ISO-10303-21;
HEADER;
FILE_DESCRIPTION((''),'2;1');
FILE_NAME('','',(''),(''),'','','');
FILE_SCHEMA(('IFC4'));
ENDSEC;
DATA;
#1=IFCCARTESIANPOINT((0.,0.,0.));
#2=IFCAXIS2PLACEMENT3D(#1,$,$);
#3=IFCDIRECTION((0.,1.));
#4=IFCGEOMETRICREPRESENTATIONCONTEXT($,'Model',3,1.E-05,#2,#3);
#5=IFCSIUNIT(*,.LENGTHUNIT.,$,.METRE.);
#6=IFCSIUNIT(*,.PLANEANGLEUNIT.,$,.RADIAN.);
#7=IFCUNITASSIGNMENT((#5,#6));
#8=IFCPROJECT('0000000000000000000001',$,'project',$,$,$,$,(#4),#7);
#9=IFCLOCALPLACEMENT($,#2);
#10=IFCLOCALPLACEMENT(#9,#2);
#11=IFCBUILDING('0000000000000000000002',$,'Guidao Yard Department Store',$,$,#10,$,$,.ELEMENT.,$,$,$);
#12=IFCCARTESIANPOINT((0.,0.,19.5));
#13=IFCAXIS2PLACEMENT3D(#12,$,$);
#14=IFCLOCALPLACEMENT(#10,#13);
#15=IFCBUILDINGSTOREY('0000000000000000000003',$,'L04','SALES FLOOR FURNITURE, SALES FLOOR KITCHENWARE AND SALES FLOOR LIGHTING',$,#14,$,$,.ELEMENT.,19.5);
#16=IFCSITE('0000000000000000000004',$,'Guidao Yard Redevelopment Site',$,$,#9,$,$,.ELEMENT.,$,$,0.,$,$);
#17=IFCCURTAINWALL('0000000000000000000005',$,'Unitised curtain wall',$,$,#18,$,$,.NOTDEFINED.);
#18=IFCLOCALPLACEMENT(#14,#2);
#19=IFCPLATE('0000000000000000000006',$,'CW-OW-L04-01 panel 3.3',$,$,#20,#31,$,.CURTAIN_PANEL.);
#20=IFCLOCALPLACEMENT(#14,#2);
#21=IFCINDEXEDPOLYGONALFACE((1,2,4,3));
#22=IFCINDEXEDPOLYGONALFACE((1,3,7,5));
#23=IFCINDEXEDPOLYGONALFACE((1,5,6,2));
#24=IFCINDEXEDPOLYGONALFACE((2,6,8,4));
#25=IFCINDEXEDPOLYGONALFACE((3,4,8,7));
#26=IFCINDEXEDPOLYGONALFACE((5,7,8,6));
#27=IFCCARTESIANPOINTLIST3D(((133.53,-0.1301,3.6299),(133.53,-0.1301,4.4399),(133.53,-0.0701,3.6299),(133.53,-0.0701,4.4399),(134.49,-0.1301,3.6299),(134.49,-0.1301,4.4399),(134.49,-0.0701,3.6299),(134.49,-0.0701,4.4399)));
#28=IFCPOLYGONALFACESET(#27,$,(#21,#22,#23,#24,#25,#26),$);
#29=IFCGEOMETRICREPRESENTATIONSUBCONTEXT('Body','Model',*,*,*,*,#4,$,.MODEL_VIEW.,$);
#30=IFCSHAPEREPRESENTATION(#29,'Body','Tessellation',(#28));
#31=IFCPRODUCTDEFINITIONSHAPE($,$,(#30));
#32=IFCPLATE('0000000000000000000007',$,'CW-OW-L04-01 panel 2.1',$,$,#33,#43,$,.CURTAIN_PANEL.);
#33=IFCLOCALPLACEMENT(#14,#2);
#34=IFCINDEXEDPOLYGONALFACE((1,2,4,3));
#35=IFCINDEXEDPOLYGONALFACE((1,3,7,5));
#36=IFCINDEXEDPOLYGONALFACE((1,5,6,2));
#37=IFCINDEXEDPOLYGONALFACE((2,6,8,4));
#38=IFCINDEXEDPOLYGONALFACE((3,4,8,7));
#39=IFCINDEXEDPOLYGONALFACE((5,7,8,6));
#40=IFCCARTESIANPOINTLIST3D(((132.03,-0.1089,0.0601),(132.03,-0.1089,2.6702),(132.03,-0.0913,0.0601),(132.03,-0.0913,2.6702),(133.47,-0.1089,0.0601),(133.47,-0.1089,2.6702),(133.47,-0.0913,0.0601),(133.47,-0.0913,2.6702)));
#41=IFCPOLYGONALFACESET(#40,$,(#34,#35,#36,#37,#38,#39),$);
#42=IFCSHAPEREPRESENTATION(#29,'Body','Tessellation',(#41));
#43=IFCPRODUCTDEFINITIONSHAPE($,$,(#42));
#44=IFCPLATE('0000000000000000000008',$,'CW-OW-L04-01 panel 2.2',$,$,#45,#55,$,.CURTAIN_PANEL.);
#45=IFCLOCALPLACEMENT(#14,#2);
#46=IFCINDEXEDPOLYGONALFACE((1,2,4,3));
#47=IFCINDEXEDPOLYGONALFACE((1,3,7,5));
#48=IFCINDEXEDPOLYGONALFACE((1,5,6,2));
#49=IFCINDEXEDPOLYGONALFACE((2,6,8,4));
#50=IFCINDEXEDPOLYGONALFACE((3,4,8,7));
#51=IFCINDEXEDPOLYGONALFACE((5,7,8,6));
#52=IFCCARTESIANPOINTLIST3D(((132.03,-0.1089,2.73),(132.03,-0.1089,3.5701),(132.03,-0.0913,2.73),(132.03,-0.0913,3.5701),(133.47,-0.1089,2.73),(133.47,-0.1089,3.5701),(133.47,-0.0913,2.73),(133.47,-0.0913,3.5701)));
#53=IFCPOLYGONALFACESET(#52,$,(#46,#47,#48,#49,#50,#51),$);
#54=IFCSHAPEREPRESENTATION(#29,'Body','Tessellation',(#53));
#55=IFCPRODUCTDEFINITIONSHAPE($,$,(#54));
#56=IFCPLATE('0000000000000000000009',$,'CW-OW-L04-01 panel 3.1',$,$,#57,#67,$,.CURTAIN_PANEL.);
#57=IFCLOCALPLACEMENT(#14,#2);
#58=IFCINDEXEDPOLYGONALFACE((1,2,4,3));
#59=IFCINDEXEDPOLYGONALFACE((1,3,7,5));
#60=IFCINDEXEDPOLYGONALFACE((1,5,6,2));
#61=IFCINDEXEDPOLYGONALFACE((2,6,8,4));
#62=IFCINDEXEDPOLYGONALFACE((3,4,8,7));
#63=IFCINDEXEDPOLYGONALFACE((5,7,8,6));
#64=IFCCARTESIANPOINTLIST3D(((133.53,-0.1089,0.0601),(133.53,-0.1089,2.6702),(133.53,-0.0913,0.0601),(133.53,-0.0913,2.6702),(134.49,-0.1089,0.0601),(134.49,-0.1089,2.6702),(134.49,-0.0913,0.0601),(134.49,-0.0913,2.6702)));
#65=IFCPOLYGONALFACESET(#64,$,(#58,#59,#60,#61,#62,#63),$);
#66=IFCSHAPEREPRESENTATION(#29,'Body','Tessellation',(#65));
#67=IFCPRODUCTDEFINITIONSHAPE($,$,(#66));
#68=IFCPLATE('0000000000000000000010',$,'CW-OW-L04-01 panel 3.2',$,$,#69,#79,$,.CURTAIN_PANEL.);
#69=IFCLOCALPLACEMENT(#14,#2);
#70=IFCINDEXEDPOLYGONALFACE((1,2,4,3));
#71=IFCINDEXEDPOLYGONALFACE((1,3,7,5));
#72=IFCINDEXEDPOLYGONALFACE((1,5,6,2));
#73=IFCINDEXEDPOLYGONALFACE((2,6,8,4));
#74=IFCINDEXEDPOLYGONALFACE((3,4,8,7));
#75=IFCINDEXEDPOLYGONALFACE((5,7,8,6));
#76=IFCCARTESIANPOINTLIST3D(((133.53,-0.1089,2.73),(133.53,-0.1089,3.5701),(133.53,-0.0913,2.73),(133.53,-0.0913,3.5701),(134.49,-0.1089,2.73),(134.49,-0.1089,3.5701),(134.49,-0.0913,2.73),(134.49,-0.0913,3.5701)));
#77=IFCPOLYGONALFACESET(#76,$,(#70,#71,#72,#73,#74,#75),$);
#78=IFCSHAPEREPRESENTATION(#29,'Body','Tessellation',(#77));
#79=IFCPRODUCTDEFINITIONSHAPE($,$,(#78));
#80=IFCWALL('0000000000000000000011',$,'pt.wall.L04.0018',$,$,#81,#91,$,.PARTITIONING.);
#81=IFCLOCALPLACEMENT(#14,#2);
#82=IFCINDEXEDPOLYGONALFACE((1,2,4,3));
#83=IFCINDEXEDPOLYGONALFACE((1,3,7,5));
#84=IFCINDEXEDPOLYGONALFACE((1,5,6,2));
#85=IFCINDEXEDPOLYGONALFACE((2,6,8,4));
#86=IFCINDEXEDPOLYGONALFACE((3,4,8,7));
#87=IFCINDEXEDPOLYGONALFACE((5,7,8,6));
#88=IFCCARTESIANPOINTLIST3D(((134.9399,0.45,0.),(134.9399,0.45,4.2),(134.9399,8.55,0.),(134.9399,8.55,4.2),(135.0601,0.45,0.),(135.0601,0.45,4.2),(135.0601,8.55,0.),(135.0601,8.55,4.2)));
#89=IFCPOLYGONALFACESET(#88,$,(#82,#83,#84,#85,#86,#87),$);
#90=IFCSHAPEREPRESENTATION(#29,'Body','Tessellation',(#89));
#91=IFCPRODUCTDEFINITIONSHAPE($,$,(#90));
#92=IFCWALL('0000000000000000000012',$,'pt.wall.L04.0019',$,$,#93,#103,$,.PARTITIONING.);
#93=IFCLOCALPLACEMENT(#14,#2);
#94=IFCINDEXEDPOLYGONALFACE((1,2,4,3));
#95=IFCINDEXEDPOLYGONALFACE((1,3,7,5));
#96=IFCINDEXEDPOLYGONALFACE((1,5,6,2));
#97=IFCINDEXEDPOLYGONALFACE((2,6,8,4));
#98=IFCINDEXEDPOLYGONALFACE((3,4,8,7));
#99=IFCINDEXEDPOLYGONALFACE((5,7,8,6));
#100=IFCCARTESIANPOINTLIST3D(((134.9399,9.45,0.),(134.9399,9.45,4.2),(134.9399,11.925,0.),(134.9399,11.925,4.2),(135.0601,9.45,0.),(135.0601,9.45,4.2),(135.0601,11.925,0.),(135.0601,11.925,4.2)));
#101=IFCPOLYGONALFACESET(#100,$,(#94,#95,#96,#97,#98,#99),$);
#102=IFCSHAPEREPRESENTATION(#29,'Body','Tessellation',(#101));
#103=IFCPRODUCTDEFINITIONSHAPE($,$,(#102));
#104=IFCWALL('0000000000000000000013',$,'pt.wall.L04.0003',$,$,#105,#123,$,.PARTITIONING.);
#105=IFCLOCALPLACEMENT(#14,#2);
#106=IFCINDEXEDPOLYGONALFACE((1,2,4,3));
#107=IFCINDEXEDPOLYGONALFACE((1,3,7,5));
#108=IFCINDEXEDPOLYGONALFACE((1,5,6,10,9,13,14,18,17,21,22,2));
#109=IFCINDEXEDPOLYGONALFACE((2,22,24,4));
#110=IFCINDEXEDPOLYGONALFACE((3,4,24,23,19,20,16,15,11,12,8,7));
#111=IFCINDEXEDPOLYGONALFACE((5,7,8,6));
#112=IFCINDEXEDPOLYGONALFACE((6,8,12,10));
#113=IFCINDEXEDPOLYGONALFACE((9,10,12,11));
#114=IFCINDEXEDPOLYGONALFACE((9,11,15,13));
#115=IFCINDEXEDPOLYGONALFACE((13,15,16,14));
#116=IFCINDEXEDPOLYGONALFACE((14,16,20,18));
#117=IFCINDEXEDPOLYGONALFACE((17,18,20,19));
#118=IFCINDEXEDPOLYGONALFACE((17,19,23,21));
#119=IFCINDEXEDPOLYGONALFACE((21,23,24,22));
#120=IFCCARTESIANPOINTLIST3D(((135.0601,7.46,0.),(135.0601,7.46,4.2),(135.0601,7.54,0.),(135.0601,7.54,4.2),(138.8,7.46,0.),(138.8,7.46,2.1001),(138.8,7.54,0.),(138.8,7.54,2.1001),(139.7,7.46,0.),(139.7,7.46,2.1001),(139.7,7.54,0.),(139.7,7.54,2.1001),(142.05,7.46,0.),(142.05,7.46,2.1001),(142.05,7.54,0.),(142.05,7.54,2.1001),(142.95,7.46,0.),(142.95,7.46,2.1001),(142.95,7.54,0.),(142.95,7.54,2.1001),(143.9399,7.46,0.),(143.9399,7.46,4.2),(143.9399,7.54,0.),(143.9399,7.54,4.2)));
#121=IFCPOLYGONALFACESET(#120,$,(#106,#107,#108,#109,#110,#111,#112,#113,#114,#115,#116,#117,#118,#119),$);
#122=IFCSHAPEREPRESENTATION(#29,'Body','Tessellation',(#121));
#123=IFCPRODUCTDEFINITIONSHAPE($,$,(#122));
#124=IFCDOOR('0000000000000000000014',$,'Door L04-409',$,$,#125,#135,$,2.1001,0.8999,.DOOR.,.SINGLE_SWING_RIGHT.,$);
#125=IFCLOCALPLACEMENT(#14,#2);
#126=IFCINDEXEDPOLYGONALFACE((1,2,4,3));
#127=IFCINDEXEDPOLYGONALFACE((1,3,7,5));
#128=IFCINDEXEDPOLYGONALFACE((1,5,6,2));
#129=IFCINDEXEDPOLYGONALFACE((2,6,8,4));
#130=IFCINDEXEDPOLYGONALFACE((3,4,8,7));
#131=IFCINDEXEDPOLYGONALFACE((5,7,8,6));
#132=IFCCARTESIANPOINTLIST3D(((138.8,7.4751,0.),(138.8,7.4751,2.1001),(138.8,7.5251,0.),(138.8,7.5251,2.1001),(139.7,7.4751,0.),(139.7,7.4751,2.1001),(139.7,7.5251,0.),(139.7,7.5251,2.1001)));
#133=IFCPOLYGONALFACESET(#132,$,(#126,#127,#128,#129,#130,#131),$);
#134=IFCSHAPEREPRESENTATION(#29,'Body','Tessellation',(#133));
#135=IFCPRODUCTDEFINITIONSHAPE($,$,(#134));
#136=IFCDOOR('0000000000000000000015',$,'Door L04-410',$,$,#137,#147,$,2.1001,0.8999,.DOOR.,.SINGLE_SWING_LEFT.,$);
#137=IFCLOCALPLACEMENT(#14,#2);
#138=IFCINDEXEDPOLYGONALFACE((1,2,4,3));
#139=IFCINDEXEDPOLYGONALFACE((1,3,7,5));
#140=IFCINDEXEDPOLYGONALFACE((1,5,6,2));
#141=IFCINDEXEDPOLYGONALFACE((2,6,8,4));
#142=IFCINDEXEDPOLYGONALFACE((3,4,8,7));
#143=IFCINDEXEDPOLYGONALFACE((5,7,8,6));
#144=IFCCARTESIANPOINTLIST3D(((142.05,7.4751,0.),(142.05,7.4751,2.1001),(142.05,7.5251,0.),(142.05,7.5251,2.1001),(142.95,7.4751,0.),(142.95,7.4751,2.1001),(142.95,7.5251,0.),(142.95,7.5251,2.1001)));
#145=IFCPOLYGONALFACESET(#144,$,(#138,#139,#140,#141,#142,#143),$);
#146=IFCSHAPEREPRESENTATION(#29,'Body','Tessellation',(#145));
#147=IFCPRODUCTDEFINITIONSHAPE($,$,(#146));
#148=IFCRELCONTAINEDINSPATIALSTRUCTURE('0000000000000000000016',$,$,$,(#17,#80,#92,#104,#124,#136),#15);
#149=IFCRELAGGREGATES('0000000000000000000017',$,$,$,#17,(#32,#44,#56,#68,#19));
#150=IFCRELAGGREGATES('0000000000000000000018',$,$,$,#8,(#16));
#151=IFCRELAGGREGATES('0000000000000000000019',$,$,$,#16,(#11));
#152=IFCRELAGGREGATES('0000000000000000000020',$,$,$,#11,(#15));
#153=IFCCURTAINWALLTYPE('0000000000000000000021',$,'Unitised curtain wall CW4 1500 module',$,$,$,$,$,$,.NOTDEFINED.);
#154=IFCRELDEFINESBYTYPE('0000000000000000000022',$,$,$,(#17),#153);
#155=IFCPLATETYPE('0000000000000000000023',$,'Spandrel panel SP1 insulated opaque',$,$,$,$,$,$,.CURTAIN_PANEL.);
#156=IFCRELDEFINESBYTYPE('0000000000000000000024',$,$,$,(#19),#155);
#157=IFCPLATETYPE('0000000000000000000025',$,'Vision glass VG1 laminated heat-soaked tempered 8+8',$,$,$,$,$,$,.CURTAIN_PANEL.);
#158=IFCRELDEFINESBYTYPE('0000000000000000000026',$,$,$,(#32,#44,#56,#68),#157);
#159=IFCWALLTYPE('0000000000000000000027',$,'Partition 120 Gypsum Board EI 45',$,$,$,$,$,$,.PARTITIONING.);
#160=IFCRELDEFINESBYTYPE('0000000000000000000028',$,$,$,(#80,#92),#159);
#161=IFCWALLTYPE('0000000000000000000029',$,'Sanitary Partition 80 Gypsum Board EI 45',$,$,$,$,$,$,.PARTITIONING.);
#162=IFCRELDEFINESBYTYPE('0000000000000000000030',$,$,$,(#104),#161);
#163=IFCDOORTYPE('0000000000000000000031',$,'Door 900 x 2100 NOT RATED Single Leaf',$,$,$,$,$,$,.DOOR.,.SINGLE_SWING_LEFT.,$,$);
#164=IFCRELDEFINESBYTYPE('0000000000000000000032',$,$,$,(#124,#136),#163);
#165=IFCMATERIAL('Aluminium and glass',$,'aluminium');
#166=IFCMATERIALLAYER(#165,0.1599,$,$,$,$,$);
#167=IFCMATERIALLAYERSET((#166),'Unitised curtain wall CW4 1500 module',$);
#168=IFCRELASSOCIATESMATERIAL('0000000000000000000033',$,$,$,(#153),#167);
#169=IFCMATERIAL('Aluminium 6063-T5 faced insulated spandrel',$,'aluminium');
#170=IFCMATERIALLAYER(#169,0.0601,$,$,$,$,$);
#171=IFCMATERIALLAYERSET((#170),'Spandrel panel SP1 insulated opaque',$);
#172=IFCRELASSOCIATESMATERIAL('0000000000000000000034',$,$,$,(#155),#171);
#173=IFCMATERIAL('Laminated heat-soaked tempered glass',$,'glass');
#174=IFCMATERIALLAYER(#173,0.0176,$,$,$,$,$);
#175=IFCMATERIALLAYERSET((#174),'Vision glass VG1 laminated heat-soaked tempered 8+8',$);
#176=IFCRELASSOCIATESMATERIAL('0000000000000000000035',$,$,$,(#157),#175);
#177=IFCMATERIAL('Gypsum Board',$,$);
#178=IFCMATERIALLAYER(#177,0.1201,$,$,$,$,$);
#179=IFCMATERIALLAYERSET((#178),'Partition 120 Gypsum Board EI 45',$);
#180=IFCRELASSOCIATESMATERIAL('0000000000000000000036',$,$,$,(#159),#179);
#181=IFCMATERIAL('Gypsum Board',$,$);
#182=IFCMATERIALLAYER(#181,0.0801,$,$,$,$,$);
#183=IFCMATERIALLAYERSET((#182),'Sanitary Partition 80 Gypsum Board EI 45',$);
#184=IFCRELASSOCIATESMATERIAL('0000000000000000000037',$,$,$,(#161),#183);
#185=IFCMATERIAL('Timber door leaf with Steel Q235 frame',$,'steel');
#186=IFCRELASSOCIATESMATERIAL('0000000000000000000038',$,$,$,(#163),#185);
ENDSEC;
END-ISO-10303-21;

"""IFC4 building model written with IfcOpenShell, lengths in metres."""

from ifc_helpers import new_model, si_unit, direction, frame, frame_2d, origin, origin_2d, place, context, subcontext, project, spatial, rectangle, extrude, material, layer, layer_set, type_object, element, fill, aggregate, save


model = new_model("IFC4")

# Units and contexts
model_context = context("Model", 3, precision=1e-05, world=origin(), true_north=direction((0.0, 1.0)))
body_context = subcontext(model_context, "Body", "Model", "MODEL_VIEW")
ifc_project = project(units=[si_unit("LENGTHUNIT", "METRE"), si_unit("PLANEANGLEUNIT", "RADIAN")], contexts=[model_context])

# Site, building, storey
site_placement = place(None, origin())
site = spatial("IfcSite", under=ifc_project, at=site_placement, Name="Guidao Yard Redevelopment Site", CompositionType="ELEMENT", RefElevation=0.0)
building_placement = place(site_placement, origin())
building = spatial("IfcBuilding", under=site, at=building_placement, Name="Guidao Yard Department Store", CompositionType="ELEMENT")
storey_placement = place(building_placement, frame((0.0, 0.0, 19.5)))
storey = spatial("IfcBuildingStorey", under=building, at=storey_placement, Name="L04", Description="SALES FLOOR FURNITURE, SALES FLOOR KITCHENWARE AND SALES FLOOR LIGHTING", CompositionType="ELEMENT", Elevation=19.5)

# Curtain wall
ifc_material_1 = material(Name="Aluminium and glass", Category="aluminium")
ifc_layer_1 = layer(ifc_material_1, 0.1599)
ifc_layer_set_1 = layer_set([ifc_layer_1], Name="Unitised curtain wall CW4 1500 module")
curtain_wall_type = type_object("IfcCurtainWallType", Name="Unitised curtain wall CW4 1500 module", PredefinedType="NOTDEFINED", material=ifc_layer_set_1)
curtain_wall_placement = place(storey_placement, origin())
curtain_wall = element("IfcCurtainWall", 1, at=curtain_wall_placement, inside=storey, type_object=curtain_wall_type, Name="Unitised curtain wall", PredefinedType="NOTDEFINED")

# Plates
ifc_material_2 = material(Name="Aluminium 6063-T5 faced insulated spandrel", Category="aluminium")
ifc_layer_2 = layer(ifc_material_2, 0.0601)
ifc_layer_set_2 = layer_set([ifc_layer_2], Name="Spandrel panel SP1 insulated opaque")
plate_type_1 = type_object("IfcPlateType", Name="Spandrel panel SP1 insulated opaque", PredefinedType="CURTAIN_PANEL", material=ifc_layer_set_2)
plate_1_placement = place(storey_placement, frame((134.01, -0.1001, 3.6299), z_axis=(0.0, 0.0, 1.0), x_axis=(-1.0, 0.0, 0.0)))
plate_1 = element("IfcPlate", 2, at=plate_1_placement, type_object=plate_type_1, Name="CW-OW-L04-01 panel 3.3", PredefinedType="CURTAIN_PANEL", context=body_context, shape_type="SweptSolid", body=[
    extrude(rectangle(XDim=0.96, YDim=0.0601, at=origin_2d()), origin(), (0.0, 0.0, 1.0), 0.8101),
])
ifc_material_3 = material(Name="Laminated heat-soaked tempered glass", Category="glass")
ifc_layer_3 = layer(ifc_material_3, 0.0176)
ifc_layer_set_3 = layer_set([ifc_layer_3], Name="Vision glass VG1 laminated heat-soaked tempered 8+8")
plate_type_2 = type_object("IfcPlateType", Name="Vision glass VG1 laminated heat-soaked tempered 8+8", PredefinedType="CURTAIN_PANEL", material=ifc_layer_set_3)
plate_2_placement = place(storey_placement, frame((132.75, -0.1001, 0.0601), z_axis=(0.0, 0.0, 1.0), x_axis=(-1.0, 0.0, 0.0)))
plate_2 = element("IfcPlate", 3, at=plate_2_placement, type_object=plate_type_2, Name="CW-OW-L04-01 panel 2.1", PredefinedType="CURTAIN_PANEL", context=body_context, shape_type="SweptSolid", body=[
    extrude(rectangle(XDim=1.4399, YDim=0.0176, at=origin_2d()), origin(), (0.0, 0.0, 1.0), 2.6101),
])
plate_3_placement = place(storey_placement, frame((132.75, -0.1001, 2.73), z_axis=(0.0, 0.0, 1.0), x_axis=(-1.0, 0.0, 0.0)))
plate_3 = element("IfcPlate", 4, at=plate_3_placement, type_object=plate_type_2, Name="CW-OW-L04-01 panel 2.2", PredefinedType="CURTAIN_PANEL", context=body_context, shape_type="SweptSolid", body=[
    extrude(rectangle(XDim=1.4399, YDim=0.0176, at=origin_2d()), origin(), (0.0, 0.0, 1.0), 0.8401),
])
plate_4_placement = place(storey_placement, frame((134.01, -0.1001, 0.0601), z_axis=(0.0, 0.0, 1.0), x_axis=(-1.0, 0.0, 0.0)))
plate_4 = element("IfcPlate", 5, at=plate_4_placement, type_object=plate_type_2, Name="CW-OW-L04-01 panel 3.1", PredefinedType="CURTAIN_PANEL", context=body_context, shape_type="SweptSolid", body=[
    extrude(rectangle(XDim=0.96, YDim=0.0176, at=origin_2d()), origin(), (0.0, 0.0, 1.0), 2.6101),
])
plate_5_placement = place(storey_placement, frame((134.01, -0.1001, 2.73), z_axis=(0.0, 0.0, 1.0), x_axis=(-1.0, 0.0, 0.0)))
plate_5 = element("IfcPlate", 6, at=plate_5_placement, type_object=plate_type_2, Name="CW-OW-L04-01 panel 3.2", PredefinedType="CURTAIN_PANEL", context=body_context, shape_type="SweptSolid", body=[
    extrude(rectangle(XDim=0.96, YDim=0.0176, at=origin_2d()), origin(), (0.0, 0.0, 1.0), 0.8401),
])
aggregate(curtain_wall, [plate_2, plate_3, plate_4, plate_5, plate_1])

# Walls
ifc_material_4 = material(Name="Gypsum Board")
ifc_layer_4 = layer(ifc_material_4, 0.1201)
ifc_layer_set_4 = layer_set([ifc_layer_4], Name="Partition 120 Gypsum Board EI 45")
wall_type_1 = type_object("IfcWallType", Name="Partition 120 Gypsum Board EI 45", PredefinedType="PARTITIONING", material=ifc_layer_set_4)
wall_1_placement = place(storey_placement, frame((135.0, 0.45, 0.0), z_axis=(0.0, 0.0, 1.0), x_axis=(0.0, 1.0, 0.0)))
element("IfcWall", 7, at=wall_1_placement, inside=storey, type_object=wall_type_1, Name="pt.wall.L04.0018", PredefinedType="PARTITIONING", context=body_context, shape_type="SweptSolid", body=[
    extrude(rectangle(XDim=8.1001, YDim=0.1201, at=frame_2d((4.05, 0.0))), origin(), (0.0, 0.0, 1.0), 4.2),
])
wall_2_placement = place(storey_placement, frame((135.0, 9.45, 0.0), z_axis=(0.0, 0.0, 1.0), x_axis=(0.0, 1.0, 0.0)))
element("IfcWall", 8, at=wall_2_placement, inside=storey, type_object=wall_type_1, Name="pt.wall.L04.0019", PredefinedType="PARTITIONING", context=body_context, shape_type="SweptSolid", body=[
    extrude(rectangle(XDim=2.4751, YDim=0.1201, at=frame_2d((1.2375, 0.0))), origin(), (0.0, 0.0, 1.0), 4.2),
])

# Wall, openings, doors
ifc_material_5 = material(Name="Gypsum Board")
ifc_layer_5 = layer(ifc_material_5, 0.0801)
ifc_layer_set_5 = layer_set([ifc_layer_5], Name="Sanitary Partition 80 Gypsum Board EI 45")
wall_type_2 = type_object("IfcWallType", Name="Sanitary Partition 80 Gypsum Board EI 45", PredefinedType="PARTITIONING", material=ifc_layer_set_5)
wall_3_placement = place(storey_placement, frame((135.0601, 7.5, 0.0), z_axis=(0.0, 0.0, 1.0), x_axis=(1.0, 0.0, 0.0)))
wall_3 = element("IfcWall", 9, at=wall_3_placement, inside=storey, type_object=wall_type_2, Name="pt.wall.L04.0003", PredefinedType="PARTITIONING", context=body_context, shape_type="SweptSolid", body=[
    extrude(rectangle(XDim=8.8799, YDim=0.0801, at=frame_2d((4.4399, 0.0))), origin(), (0.0, 0.0, 1.0), 4.2),
])
opening_1_placement = place(wall_3_placement, frame((4.6399, 0.0, 0.0), z_axis=(0.0, 0.0, 1.0), x_axis=(-1.0, 0.0, 0.0)))
opening_1 = element("IfcOpeningElement", 10, at=opening_1_placement, cuts=wall_3, PredefinedType="OPENING", context=body_context, shape_type="SweptSolid", body=[
    extrude(rectangle(XDim=0.8999, YDim=2.1001, at=frame_2d((0.45, 1.05))), frame((0.0, 0.05, 0.0), z_axis=(0.0, -1.0, 0.0), x_axis=(1.0, 0.0, 0.0)), (0.0, 0.0, 1.0), 0.1001),
])
opening_2_placement = place(wall_3_placement, frame((7.8899, 0.0, 0.0), z_axis=(0.0, 0.0, 1.0), x_axis=(-1.0, 0.0, 0.0)))
opening_2 = element("IfcOpeningElement", 11, at=opening_2_placement, cuts=wall_3, PredefinedType="OPENING", context=body_context, shape_type="SweptSolid", body=[
    extrude(rectangle(XDim=0.8999, YDim=2.1001, at=frame_2d((0.45, 1.05))), frame((0.0, 0.05, 0.0), z_axis=(0.0, -1.0, 0.0), x_axis=(1.0, 0.0, 0.0)), (0.0, 0.0, 1.0), 0.1001),
])
ifc_material_6 = material(Name="Timber door leaf with Steel Q235 frame", Category="steel")
door_type = type_object("IfcDoorType", Name="Door 900 x 2100 NOT RATED Single Leaf", OperationType="SINGLE_SWING_LEFT", PredefinedType="DOOR", material=ifc_material_6)
door_1_placement = place(opening_1_placement, origin())
door_1 = element("IfcDoor", 12, at=door_1_placement, inside=storey, type_object=door_type, Name="Door L04-409", OperationType="SINGLE_SWING_RIGHT", OverallHeight=2.1001, OverallWidth=0.8999, PredefinedType="DOOR", context=body_context, shape_type="SweptSolid", body=[
    extrude(rectangle(XDim=0.8999, YDim=2.1001, at=frame_2d((0.45, 1.05))), frame((0.0, 0.0249, 0.0), z_axis=(0.0, -1.0, 0.0), x_axis=(1.0, 0.0, 0.0)), (0.0, 0.0, 1.0), 0.05),
])
fill(opening_1, door_1)
door_2_placement = place(opening_2_placement, origin())
door_2 = element("IfcDoor", 13, at=door_2_placement, inside=storey, type_object=door_type, Name="Door L04-410", OperationType="SINGLE_SWING_LEFT", OverallHeight=2.1001, OverallWidth=0.8999, PredefinedType="DOOR", context=body_context, shape_type="SweptSolid", body=[
    extrude(rectangle(XDim=0.8999, YDim=2.1001, at=frame_2d((0.45, 1.05))), frame((0.0, 0.0249, 0.0), z_axis=(0.0, -1.0, 0.0), x_axis=(1.0, 0.0, 0.0)), (0.0, 0.0, 1.0), 0.05),
])
fill(opening_2, door_2)

save(model, "model.ifc")
